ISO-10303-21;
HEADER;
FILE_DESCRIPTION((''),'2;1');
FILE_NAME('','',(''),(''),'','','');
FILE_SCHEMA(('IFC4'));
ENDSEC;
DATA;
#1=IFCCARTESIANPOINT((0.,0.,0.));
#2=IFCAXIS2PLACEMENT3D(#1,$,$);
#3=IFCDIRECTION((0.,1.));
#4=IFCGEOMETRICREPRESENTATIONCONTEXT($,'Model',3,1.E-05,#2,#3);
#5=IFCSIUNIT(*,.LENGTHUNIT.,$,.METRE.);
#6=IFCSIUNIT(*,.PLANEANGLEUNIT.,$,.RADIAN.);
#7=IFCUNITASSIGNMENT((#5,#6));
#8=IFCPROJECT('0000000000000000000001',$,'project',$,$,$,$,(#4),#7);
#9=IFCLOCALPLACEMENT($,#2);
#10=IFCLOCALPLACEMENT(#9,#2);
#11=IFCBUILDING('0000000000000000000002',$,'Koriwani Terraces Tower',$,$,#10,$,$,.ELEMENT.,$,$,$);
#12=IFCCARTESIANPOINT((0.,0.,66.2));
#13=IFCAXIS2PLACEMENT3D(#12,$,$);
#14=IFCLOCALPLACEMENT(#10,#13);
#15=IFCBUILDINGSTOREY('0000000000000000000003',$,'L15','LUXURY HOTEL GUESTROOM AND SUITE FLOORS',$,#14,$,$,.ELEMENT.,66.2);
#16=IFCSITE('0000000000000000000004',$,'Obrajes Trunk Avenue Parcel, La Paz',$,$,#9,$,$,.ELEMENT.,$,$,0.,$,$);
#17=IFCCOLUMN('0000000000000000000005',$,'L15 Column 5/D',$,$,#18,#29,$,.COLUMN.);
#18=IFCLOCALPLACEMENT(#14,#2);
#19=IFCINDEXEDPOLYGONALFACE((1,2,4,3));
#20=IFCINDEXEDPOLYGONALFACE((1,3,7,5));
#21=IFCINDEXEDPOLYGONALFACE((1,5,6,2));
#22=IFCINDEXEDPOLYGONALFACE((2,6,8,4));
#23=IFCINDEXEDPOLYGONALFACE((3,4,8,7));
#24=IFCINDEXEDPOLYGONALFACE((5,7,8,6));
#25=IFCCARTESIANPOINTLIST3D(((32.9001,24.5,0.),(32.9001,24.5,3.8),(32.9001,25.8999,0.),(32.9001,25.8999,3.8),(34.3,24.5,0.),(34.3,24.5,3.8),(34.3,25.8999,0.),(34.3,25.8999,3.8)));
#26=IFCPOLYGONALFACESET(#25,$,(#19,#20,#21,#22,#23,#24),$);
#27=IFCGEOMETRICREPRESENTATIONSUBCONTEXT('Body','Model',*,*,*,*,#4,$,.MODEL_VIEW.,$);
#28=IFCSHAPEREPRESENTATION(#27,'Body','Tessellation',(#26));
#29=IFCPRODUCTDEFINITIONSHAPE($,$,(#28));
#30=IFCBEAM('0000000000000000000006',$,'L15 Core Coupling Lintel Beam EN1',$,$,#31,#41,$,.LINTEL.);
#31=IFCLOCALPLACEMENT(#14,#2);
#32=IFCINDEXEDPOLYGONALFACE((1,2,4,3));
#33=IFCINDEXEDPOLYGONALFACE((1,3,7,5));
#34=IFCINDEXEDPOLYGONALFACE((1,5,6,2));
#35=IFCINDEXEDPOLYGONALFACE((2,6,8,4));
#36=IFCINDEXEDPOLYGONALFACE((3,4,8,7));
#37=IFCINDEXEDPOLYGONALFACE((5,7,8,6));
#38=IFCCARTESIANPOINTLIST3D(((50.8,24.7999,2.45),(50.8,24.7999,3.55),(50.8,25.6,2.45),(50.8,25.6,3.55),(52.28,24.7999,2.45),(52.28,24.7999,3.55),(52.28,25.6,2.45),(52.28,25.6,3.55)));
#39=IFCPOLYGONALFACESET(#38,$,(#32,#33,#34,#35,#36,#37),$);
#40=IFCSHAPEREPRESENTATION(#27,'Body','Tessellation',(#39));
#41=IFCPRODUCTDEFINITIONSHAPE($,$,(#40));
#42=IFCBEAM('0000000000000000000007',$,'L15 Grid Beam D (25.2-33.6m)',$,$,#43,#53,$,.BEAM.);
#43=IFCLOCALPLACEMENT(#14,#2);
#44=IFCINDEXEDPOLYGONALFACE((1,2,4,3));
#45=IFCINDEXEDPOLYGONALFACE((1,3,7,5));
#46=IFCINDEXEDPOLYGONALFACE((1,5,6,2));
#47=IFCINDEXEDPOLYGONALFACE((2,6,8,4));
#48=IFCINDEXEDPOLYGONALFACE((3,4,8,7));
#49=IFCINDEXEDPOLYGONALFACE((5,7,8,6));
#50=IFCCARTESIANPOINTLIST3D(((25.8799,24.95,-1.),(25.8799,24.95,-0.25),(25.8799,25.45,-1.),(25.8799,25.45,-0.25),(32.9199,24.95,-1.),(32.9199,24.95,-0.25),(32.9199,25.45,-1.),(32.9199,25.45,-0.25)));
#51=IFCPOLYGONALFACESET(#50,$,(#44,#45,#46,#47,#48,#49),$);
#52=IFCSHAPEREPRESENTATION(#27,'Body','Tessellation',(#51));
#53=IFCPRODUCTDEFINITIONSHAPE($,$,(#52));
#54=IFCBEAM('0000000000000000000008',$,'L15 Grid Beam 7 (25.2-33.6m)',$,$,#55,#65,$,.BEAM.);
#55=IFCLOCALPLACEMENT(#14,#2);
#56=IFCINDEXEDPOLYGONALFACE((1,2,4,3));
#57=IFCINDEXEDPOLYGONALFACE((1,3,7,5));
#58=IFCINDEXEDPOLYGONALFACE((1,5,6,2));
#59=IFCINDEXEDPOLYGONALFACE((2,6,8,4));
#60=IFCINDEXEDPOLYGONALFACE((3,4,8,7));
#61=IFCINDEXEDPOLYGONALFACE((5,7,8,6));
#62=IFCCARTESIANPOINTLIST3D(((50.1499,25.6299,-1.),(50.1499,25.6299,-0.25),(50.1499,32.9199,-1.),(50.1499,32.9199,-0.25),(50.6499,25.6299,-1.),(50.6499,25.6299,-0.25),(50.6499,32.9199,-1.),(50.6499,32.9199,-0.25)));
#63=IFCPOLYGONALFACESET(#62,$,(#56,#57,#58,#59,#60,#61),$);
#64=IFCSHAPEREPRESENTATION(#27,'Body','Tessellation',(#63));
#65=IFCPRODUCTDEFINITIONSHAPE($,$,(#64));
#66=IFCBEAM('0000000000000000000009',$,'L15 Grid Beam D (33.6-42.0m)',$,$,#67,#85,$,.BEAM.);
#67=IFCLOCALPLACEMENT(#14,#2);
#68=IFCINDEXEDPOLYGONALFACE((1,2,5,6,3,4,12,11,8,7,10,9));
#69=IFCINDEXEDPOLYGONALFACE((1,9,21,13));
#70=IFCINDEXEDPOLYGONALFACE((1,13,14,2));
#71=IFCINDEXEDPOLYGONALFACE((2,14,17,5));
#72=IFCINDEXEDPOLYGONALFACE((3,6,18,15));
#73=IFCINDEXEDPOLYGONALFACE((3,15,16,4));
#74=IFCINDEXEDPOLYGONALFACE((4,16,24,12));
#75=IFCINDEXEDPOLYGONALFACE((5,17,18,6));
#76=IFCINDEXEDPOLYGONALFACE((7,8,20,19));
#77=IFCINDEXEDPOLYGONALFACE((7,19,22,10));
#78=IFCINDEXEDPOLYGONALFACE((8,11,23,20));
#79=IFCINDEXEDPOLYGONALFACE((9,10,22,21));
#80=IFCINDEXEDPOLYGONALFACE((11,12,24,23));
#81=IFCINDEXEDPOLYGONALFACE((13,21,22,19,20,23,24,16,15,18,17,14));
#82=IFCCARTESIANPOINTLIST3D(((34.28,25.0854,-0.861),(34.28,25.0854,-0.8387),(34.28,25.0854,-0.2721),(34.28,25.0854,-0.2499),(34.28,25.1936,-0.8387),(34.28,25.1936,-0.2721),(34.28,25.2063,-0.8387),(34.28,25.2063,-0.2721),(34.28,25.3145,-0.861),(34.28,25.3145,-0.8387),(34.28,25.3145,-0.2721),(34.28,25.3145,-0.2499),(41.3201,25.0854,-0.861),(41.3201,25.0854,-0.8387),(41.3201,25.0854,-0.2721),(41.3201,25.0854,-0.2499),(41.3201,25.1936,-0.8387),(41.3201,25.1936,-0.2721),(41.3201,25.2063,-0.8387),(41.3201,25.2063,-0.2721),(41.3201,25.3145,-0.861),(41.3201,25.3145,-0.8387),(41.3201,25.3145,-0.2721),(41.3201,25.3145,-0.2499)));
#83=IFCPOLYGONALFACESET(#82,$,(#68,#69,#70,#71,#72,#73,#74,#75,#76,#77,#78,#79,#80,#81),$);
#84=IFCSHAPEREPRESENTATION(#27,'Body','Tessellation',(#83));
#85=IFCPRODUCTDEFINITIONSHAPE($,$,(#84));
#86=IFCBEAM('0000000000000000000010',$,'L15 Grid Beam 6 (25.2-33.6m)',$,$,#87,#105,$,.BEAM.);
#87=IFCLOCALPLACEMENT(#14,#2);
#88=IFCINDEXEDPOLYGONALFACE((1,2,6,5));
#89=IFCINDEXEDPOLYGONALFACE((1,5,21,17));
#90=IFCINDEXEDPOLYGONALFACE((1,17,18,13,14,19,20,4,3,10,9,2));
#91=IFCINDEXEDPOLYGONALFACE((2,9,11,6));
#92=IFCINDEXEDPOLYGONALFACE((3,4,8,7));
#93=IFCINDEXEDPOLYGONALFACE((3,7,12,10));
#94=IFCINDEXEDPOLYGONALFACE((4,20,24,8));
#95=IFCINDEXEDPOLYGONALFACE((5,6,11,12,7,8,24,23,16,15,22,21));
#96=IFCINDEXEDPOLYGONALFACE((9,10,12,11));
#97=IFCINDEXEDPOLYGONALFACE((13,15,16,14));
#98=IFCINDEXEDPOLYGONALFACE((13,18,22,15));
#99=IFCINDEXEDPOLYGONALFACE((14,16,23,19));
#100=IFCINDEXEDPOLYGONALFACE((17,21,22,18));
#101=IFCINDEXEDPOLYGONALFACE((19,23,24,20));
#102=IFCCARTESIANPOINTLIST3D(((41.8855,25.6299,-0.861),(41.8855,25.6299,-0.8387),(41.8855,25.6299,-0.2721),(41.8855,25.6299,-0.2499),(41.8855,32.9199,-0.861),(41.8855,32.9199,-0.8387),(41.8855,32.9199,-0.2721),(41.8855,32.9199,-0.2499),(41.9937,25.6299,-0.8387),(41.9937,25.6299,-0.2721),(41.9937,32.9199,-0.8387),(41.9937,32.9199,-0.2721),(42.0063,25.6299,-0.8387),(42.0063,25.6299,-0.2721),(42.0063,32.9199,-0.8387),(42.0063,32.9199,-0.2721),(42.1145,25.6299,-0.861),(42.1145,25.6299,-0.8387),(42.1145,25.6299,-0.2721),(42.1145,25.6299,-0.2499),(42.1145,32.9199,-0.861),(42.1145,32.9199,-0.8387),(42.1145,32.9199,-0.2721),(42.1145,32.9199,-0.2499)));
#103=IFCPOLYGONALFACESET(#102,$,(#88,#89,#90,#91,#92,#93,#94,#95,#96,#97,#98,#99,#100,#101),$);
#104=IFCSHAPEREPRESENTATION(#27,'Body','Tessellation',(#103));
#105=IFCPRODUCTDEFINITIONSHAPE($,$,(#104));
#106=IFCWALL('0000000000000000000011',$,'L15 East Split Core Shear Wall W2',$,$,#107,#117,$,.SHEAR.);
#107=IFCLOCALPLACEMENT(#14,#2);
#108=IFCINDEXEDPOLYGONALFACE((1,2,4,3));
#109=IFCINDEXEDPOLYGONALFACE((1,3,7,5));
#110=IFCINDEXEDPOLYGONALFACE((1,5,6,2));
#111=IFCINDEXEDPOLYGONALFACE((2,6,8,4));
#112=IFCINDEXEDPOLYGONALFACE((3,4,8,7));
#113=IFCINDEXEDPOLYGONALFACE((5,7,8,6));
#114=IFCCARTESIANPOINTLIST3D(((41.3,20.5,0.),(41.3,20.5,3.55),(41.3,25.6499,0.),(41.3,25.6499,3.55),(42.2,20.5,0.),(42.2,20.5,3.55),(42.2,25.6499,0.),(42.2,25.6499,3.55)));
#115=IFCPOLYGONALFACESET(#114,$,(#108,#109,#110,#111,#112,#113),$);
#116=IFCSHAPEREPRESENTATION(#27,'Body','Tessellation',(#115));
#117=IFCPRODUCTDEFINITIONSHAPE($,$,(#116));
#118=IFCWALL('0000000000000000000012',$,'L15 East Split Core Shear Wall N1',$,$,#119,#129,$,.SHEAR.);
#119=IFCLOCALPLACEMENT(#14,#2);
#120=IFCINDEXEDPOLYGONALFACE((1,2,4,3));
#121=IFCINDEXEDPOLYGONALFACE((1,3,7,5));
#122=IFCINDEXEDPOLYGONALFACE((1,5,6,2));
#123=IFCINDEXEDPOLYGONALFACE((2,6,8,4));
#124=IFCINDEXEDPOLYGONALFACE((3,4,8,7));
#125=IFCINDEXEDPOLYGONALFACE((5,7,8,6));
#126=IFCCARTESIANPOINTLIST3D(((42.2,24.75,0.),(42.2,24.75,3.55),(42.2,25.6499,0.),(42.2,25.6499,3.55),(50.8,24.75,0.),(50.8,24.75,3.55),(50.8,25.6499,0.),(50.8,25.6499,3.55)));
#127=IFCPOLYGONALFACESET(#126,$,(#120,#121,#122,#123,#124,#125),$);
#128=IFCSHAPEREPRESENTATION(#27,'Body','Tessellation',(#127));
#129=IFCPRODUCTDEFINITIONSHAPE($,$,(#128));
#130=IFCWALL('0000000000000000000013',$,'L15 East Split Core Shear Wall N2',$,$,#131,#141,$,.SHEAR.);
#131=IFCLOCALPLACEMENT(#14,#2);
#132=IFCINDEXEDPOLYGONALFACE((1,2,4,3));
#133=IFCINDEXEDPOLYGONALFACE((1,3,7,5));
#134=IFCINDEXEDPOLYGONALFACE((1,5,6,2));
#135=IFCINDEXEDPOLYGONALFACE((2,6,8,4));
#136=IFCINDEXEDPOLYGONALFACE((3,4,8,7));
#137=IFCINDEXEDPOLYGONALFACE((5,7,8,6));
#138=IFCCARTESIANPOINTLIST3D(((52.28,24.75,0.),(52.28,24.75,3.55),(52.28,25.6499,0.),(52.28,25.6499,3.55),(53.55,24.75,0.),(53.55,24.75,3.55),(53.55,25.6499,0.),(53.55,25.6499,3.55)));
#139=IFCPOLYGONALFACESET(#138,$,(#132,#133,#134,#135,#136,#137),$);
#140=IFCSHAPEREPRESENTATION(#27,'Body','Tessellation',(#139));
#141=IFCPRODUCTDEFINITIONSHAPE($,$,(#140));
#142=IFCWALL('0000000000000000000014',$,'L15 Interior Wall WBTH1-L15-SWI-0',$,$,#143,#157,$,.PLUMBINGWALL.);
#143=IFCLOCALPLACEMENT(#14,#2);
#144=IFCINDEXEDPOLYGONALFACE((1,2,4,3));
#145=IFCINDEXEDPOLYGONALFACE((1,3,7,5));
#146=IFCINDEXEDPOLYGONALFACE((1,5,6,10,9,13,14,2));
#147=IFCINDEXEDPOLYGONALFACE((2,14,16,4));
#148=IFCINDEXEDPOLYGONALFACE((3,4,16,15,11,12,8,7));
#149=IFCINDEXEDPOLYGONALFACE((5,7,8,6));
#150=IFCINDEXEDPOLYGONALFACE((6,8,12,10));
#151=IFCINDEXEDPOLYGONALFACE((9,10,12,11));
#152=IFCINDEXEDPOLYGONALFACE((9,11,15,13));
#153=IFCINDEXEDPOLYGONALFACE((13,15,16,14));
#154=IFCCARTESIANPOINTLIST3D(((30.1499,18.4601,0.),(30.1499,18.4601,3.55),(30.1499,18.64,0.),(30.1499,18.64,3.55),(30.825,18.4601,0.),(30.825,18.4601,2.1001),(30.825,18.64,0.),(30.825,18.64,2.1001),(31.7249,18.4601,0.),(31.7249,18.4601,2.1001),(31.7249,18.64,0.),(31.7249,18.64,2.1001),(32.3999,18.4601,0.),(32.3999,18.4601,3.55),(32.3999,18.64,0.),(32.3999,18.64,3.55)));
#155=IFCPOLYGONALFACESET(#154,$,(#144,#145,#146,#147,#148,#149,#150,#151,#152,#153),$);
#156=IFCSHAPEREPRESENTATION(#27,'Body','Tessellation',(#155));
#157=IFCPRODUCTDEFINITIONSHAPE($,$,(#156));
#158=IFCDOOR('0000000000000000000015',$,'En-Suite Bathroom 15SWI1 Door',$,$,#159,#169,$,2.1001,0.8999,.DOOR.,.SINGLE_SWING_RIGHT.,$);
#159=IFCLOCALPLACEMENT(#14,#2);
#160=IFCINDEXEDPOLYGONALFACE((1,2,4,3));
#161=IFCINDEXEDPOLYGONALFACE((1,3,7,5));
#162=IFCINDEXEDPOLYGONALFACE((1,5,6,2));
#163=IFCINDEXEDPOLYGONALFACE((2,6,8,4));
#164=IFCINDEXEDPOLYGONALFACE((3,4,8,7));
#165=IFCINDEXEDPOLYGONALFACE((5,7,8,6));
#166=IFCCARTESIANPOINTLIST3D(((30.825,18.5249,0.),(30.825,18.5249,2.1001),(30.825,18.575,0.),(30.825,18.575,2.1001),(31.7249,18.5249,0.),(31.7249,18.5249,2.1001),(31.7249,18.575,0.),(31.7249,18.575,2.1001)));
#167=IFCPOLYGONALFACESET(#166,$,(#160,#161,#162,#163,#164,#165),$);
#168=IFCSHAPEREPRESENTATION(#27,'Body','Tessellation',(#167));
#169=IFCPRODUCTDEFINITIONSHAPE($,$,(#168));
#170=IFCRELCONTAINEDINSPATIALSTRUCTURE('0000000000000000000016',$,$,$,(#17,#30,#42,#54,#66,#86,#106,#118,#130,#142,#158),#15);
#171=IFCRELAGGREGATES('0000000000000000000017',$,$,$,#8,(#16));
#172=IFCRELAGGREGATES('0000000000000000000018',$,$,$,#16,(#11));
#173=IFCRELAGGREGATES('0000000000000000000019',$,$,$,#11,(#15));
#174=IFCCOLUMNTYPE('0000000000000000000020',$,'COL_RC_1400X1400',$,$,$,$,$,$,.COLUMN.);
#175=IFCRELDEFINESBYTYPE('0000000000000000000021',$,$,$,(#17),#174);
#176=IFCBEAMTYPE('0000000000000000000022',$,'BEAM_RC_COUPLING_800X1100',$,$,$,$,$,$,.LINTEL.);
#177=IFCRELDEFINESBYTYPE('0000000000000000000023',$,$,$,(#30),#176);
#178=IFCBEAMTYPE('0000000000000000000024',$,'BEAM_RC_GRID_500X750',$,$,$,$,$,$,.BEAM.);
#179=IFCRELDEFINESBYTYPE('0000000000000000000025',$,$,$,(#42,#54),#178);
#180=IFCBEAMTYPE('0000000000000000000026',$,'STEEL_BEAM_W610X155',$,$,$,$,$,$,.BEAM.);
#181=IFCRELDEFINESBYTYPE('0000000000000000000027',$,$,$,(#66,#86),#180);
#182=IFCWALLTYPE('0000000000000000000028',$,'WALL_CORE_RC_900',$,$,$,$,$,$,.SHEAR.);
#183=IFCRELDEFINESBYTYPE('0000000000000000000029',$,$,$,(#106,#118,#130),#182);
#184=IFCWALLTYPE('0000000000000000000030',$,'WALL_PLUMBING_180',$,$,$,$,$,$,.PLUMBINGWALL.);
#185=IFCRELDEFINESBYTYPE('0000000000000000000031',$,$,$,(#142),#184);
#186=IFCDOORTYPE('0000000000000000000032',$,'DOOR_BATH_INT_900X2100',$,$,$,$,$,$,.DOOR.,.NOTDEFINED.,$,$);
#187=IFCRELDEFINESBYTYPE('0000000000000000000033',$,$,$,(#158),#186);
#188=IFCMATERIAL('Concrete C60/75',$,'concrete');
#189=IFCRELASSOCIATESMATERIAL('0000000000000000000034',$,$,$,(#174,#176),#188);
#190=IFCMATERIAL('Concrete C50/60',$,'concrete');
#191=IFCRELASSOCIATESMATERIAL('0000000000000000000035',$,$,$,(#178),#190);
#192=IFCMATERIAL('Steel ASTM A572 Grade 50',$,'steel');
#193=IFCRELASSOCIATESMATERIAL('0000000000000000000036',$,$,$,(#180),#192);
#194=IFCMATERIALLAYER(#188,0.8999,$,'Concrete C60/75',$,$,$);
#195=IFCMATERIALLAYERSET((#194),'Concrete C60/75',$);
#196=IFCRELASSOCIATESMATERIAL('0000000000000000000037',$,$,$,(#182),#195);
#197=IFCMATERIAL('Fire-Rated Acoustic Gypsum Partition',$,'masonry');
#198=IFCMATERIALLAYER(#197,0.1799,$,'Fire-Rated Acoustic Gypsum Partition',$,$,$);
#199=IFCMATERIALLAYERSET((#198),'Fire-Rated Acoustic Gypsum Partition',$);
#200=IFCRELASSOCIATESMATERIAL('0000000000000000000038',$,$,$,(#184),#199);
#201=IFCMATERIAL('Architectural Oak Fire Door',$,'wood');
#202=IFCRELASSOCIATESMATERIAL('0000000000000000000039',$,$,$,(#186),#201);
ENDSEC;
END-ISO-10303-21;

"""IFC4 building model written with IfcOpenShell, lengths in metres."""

from ifc_helpers import new_model, si_unit, direction, frame, frame_2d, origin, origin_2d, place, context, subcontext, project, spatial, rectangle, i_section, extrude, material, layer, layer_set, material_profile, profile_set, type_object, element, fill, save


model = new_model("IFC4")

# Units and contexts
model_context = context("Model", 3, precision=1e-05, world=origin(), true_north=direction((0.0, 1.0)))
body_context = subcontext(model_context, "Body", "Model", "MODEL_VIEW")
ifc_project = project(units=[si_unit("LENGTHUNIT", "METRE"), si_unit("PLANEANGLEUNIT", "RADIAN")], contexts=[model_context])

# Site, building, storey
site_placement = place(None, origin())
site = spatial("IfcSite", under=ifc_project, at=site_placement, Name="Obrajes Trunk Avenue Parcel, La Paz", CompositionType="ELEMENT", RefElevation=0.0)
building_placement = place(site_placement, origin())
building = spatial("IfcBuilding", under=site, at=building_placement, Name="Koriwani Terraces Tower", CompositionType="ELEMENT")
storey_placement = place(building_placement, frame((0.0, 0.0, 66.2)))
storey = spatial("IfcBuildingStorey", under=building, at=storey_placement, Name="L15", Description="LUXURY HOTEL GUESTROOM AND SUITE FLOORS", CompositionType="ELEMENT", Elevation=66.2)

# Column
ifc_material_1 = material(Name="Concrete C60/75", Category="concrete")
ifc_material_profile_1 = material_profile(ifc_material_1, rectangle(XDim=1.3999, YDim=1.3999, at=origin_2d()), Name="Concrete C60/75", Category="LoadBearing")
ifc_profile_set_1 = profile_set([ifc_material_profile_1], Name="Concrete C60/75")
column_type = type_object("IfcColumnType", Name="COL_RC_1400X1400", PredefinedType="COLUMN", material=ifc_profile_set_1)
column_placement = place(storey_placement, frame((33.6001, 25.2, 0.0), z_axis=(0.0, 0.0, 1.0), x_axis=(1.0, 0.0, 0.0)))
element("IfcColumn", 1, at=column_placement, inside=storey, type_object=column_type, Name="L15 Column 5/D", PredefinedType="COLUMN", context=body_context, shape_type="SweptSolid", body=[
    extrude(rectangle(XDim=1.3999, YDim=1.3999, at=origin_2d()), origin(), (0.0, 0.0, 1.0), 3.8),
])

# Beams
ifc_material_profile_2 = material_profile(ifc_material_1, rectangle(XDim=0.8, YDim=1.1001, at=origin_2d()), Name="Concrete C60/75", Category="LoadBearing")
ifc_profile_set_2 = profile_set([ifc_material_profile_2], Name="Concrete C60/75")
beam_type_1 = type_object("IfcBeamType", Name="BEAM_RC_COUPLING_800X1100", PredefinedType="LINTEL", material=ifc_profile_set_2)
beam_1_placement = place(storey_placement, frame((50.8, 25.2, 3.0), z_axis=(1.0, 0.0, 0.0), x_axis=(0.0, 1.0, 0.0)))
element("IfcBeam", 2, at=beam_1_placement, inside=storey, type_object=beam_type_1, Name="L15 Core Coupling Lintel Beam EN1", PredefinedType="LINTEL", context=body_context, shape_type="SweptSolid", body=[
    extrude(rectangle(XDim=0.8, YDim=1.1001, at=origin_2d()), origin(), (0.0, 0.0, 1.0), 1.48),
])
ifc_material_2 = material(Name="Concrete C50/60", Category="concrete")
ifc_material_profile_3 = material_profile(ifc_material_2, rectangle(XDim=0.5, YDim=0.75, at=origin_2d()), Name="Concrete C50/60", Category="LoadBearing")
ifc_profile_set_3 = profile_set([ifc_material_profile_3], Name="Concrete C50/60")
beam_type_2 = type_object("IfcBeamType", Name="BEAM_RC_GRID_500X750", PredefinedType="BEAM", material=ifc_profile_set_3)
beam_2_placement = place(storey_placement, frame((25.8799, 25.2, -0.625), z_axis=(1.0, 0.0, 0.0), x_axis=(0.0, 1.0, 0.0)))
element("IfcBeam", 3, at=beam_2_placement, inside=storey, type_object=beam_type_2, Name="L15 Grid Beam D (25.2-33.6m)", PredefinedType="BEAM", context=body_context, shape_type="SweptSolid", body=[
    extrude(rectangle(XDim=0.5, YDim=0.75, at=origin_2d()), origin(), (0.0, 0.0, 1.0), 7.04),
])
beam_3_placement = place(storey_placement, frame((50.3999, 25.6299, -0.625), z_axis=(0.0, 1.0, 0.0), x_axis=(-1.0, 0.0, 0.0)))
element("IfcBeam", 4, at=beam_3_placement, inside=storey, type_object=beam_type_2, Name="L15 Grid Beam 7 (25.2-33.6m)", PredefinedType="BEAM", context=body_context, shape_type="SweptSolid", body=[
    extrude(rectangle(XDim=0.5, YDim=0.75, at=origin_2d()), origin(), (0.0, 0.0, 1.0), 7.29),
])
ifc_material_3 = material(Name="Steel ASTM A572 Grade 50", Category="steel")
ifc_material_profile_4 = material_profile(ifc_material_3, i_section(OverallWidth=0.229, OverallDepth=0.6111, WebThickness=0.0127, FlangeThickness=0.0222, at=origin_2d()), Name="Steel ASTM A572 Grade 50", Category="LoadBearing")
ifc_profile_set_4 = profile_set([ifc_material_profile_4], Name="Steel ASTM A572 Grade 50")
beam_type_3 = type_object("IfcBeamType", Name="STEEL_BEAM_W610X155", PredefinedType="BEAM", material=ifc_profile_set_4)
beam_4_placement = place(storey_placement, frame((34.28, 25.2, -0.5554), z_axis=(1.0, 0.0, 0.0), x_axis=(0.0, 1.0, 0.0)))
element("IfcBeam", 5, at=beam_4_placement, inside=storey, type_object=beam_type_3, Name="L15 Grid Beam D (33.6-42.0m)", PredefinedType="BEAM", context=body_context, shape_type="SweptSolid", body=[
    extrude(i_section(OverallWidth=0.229, OverallDepth=0.6111, WebThickness=0.0127, FlangeThickness=0.0222, at=origin_2d()), origin(), (0.0, 0.0, 1.0), 7.04),
])
beam_5_placement = place(storey_placement, frame((42.0, 25.6299, -0.5554), z_axis=(0.0, 1.0, 0.0), x_axis=(-1.0, 0.0, 0.0)))
element("IfcBeam", 6, at=beam_5_placement, inside=storey, type_object=beam_type_3, Name="L15 Grid Beam 6 (25.2-33.6m)", PredefinedType="BEAM", context=body_context, shape_type="SweptSolid", body=[
    extrude(i_section(OverallWidth=0.229, OverallDepth=0.6111, WebThickness=0.0127, FlangeThickness=0.0222, at=origin_2d()), origin(), (0.0, 0.0, 1.0), 7.29),
])

# Walls
ifc_layer_1 = layer(ifc_material_1, 0.8999, Name="Concrete C60/75")
ifc_layer_set_1 = layer_set([ifc_layer_1], Name="Concrete C60/75")
wall_type_1 = type_object("IfcWallType", Name="WALL_CORE_RC_900", PredefinedType="SHEAR", material=ifc_layer_set_1)
wall_1_placement = place(storey_placement, frame((41.75, 20.5, 0.0), z_axis=(0.0, 0.0, 1.0), x_axis=(0.0, 1.0, 0.0)))
element("IfcWall", 7, at=wall_1_placement, inside=storey, type_object=wall_type_1, Name="L15 East Split Core Shear Wall W2", PredefinedType="SHEAR", context=body_context, shape_type="SweptSolid", body=[
    extrude(rectangle(XDim=5.1499, YDim=0.8999, at=frame_2d((2.575, 0.0))), origin(), (0.0, 0.0, 1.0), 3.55),
])
wall_2_placement = place(storey_placement, frame((42.2, 25.2, 0.0), z_axis=(0.0, 0.0, 1.0), x_axis=(1.0, 0.0, 0.0)))
element("IfcWall", 8, at=wall_2_placement, inside=storey, type_object=wall_type_1, Name="L15 East Split Core Shear Wall N1", PredefinedType="SHEAR", context=body_context, shape_type="SweptSolid", body=[
    extrude(rectangle(XDim=8.6001, YDim=0.8999, at=frame_2d((4.3, 0.0))), origin(), (0.0, 0.0, 1.0), 3.55),
])
wall_3_placement = place(storey_placement, frame((52.28, 25.2, 0.0), z_axis=(0.0, 0.0, 1.0), x_axis=(1.0, 0.0, 0.0)))
element("IfcWall", 9, at=wall_3_placement, inside=storey, type_object=wall_type_1, Name="L15 East Split Core Shear Wall N2", PredefinedType="SHEAR", context=body_context, shape_type="SweptSolid", body=[
    extrude(rectangle(XDim=1.27, YDim=0.8999, at=frame_2d((0.635, 0.0))), origin(), (0.0, 0.0, 1.0), 3.55),
])

# Wall, opening, door
ifc_material_4 = material(Name="Fire-Rated Acoustic Gypsum Partition", Category="masonry")
ifc_layer_2 = layer(ifc_material_4, 0.1799, Name="Fire-Rated Acoustic Gypsum Partition")
ifc_layer_set_2 = layer_set([ifc_layer_2], Name="Fire-Rated Acoustic Gypsum Partition")
wall_type_2 = type_object("IfcWallType", Name="WALL_PLUMBING_180", PredefinedType="PLUMBINGWALL", material=ifc_layer_set_2)
wall_4_placement = place(storey_placement, frame((30.1499, 18.55, 0.0), z_axis=(0.0, 0.0, 1.0), x_axis=(1.0, 0.0, 0.0)))
wall_4 = element("IfcWall", 10, at=wall_4_placement, inside=storey, type_object=wall_type_2, Name="L15 Interior Wall WBTH1-L15-SWI-0", PredefinedType="PLUMBINGWALL", context=body_context, shape_type="SweptSolid", body=[
    extrude(rectangle(XDim=2.25, YDim=0.1799, at=frame_2d((1.125, 0.0))), origin(), (0.0, 0.0, 1.0), 3.55),
])
opening_1_placement = place(wall_4_placement, frame((0.675, 0.0, 0.0)))
opening_1 = element("IfcOpeningElement", 11, at=opening_1_placement, cuts=wall_4, PredefinedType="OPENING", context=body_context, shape_type="SweptSolid", body=[
    extrude(rectangle(XDim=0.8999, YDim=2.1001, at=frame_2d((0.45, 1.05))), frame((0.0, 0.1001, 0.0), z_axis=(0.0, -1.0, 0.0), x_axis=(1.0, 0.0, 0.0)), (0.0, 0.0, 1.0), 0.2),
])
ifc_material_5 = material(Name="Architectural Oak Fire Door", Category="wood")
door_type_1 = type_object("IfcDoorType", Name="DOOR_BATH_INT_900X2100", OperationType="NOTDEFINED", PredefinedType="DOOR", material=ifc_material_5)
door_1_placement = place(opening_1_placement, origin())
door_1 = element("IfcDoor", 12, at=door_1_placement, inside=storey, type_object=door_type_1, Name="En-Suite Bathroom 15SWI1 Door", OperationType="SINGLE_SWING_RIGHT", OverallHeight=2.1001, OverallWidth=0.8999, PredefinedType="DOOR", context=body_context, shape_type="SweptSolid", body=[
    extrude(rectangle(XDim=0.8999, YDim=2.1001, at=frame_2d((0.45, 1.05))), frame((0.0, 0.0249, 0.0), z_axis=(0.0, -1.0, 0.0), x_axis=(1.0, 0.0, 0.0)), (0.0, 0.0, 1.0), 0.05),
])
fill(opening_1, door_1)

save(model, "model.ifc")
